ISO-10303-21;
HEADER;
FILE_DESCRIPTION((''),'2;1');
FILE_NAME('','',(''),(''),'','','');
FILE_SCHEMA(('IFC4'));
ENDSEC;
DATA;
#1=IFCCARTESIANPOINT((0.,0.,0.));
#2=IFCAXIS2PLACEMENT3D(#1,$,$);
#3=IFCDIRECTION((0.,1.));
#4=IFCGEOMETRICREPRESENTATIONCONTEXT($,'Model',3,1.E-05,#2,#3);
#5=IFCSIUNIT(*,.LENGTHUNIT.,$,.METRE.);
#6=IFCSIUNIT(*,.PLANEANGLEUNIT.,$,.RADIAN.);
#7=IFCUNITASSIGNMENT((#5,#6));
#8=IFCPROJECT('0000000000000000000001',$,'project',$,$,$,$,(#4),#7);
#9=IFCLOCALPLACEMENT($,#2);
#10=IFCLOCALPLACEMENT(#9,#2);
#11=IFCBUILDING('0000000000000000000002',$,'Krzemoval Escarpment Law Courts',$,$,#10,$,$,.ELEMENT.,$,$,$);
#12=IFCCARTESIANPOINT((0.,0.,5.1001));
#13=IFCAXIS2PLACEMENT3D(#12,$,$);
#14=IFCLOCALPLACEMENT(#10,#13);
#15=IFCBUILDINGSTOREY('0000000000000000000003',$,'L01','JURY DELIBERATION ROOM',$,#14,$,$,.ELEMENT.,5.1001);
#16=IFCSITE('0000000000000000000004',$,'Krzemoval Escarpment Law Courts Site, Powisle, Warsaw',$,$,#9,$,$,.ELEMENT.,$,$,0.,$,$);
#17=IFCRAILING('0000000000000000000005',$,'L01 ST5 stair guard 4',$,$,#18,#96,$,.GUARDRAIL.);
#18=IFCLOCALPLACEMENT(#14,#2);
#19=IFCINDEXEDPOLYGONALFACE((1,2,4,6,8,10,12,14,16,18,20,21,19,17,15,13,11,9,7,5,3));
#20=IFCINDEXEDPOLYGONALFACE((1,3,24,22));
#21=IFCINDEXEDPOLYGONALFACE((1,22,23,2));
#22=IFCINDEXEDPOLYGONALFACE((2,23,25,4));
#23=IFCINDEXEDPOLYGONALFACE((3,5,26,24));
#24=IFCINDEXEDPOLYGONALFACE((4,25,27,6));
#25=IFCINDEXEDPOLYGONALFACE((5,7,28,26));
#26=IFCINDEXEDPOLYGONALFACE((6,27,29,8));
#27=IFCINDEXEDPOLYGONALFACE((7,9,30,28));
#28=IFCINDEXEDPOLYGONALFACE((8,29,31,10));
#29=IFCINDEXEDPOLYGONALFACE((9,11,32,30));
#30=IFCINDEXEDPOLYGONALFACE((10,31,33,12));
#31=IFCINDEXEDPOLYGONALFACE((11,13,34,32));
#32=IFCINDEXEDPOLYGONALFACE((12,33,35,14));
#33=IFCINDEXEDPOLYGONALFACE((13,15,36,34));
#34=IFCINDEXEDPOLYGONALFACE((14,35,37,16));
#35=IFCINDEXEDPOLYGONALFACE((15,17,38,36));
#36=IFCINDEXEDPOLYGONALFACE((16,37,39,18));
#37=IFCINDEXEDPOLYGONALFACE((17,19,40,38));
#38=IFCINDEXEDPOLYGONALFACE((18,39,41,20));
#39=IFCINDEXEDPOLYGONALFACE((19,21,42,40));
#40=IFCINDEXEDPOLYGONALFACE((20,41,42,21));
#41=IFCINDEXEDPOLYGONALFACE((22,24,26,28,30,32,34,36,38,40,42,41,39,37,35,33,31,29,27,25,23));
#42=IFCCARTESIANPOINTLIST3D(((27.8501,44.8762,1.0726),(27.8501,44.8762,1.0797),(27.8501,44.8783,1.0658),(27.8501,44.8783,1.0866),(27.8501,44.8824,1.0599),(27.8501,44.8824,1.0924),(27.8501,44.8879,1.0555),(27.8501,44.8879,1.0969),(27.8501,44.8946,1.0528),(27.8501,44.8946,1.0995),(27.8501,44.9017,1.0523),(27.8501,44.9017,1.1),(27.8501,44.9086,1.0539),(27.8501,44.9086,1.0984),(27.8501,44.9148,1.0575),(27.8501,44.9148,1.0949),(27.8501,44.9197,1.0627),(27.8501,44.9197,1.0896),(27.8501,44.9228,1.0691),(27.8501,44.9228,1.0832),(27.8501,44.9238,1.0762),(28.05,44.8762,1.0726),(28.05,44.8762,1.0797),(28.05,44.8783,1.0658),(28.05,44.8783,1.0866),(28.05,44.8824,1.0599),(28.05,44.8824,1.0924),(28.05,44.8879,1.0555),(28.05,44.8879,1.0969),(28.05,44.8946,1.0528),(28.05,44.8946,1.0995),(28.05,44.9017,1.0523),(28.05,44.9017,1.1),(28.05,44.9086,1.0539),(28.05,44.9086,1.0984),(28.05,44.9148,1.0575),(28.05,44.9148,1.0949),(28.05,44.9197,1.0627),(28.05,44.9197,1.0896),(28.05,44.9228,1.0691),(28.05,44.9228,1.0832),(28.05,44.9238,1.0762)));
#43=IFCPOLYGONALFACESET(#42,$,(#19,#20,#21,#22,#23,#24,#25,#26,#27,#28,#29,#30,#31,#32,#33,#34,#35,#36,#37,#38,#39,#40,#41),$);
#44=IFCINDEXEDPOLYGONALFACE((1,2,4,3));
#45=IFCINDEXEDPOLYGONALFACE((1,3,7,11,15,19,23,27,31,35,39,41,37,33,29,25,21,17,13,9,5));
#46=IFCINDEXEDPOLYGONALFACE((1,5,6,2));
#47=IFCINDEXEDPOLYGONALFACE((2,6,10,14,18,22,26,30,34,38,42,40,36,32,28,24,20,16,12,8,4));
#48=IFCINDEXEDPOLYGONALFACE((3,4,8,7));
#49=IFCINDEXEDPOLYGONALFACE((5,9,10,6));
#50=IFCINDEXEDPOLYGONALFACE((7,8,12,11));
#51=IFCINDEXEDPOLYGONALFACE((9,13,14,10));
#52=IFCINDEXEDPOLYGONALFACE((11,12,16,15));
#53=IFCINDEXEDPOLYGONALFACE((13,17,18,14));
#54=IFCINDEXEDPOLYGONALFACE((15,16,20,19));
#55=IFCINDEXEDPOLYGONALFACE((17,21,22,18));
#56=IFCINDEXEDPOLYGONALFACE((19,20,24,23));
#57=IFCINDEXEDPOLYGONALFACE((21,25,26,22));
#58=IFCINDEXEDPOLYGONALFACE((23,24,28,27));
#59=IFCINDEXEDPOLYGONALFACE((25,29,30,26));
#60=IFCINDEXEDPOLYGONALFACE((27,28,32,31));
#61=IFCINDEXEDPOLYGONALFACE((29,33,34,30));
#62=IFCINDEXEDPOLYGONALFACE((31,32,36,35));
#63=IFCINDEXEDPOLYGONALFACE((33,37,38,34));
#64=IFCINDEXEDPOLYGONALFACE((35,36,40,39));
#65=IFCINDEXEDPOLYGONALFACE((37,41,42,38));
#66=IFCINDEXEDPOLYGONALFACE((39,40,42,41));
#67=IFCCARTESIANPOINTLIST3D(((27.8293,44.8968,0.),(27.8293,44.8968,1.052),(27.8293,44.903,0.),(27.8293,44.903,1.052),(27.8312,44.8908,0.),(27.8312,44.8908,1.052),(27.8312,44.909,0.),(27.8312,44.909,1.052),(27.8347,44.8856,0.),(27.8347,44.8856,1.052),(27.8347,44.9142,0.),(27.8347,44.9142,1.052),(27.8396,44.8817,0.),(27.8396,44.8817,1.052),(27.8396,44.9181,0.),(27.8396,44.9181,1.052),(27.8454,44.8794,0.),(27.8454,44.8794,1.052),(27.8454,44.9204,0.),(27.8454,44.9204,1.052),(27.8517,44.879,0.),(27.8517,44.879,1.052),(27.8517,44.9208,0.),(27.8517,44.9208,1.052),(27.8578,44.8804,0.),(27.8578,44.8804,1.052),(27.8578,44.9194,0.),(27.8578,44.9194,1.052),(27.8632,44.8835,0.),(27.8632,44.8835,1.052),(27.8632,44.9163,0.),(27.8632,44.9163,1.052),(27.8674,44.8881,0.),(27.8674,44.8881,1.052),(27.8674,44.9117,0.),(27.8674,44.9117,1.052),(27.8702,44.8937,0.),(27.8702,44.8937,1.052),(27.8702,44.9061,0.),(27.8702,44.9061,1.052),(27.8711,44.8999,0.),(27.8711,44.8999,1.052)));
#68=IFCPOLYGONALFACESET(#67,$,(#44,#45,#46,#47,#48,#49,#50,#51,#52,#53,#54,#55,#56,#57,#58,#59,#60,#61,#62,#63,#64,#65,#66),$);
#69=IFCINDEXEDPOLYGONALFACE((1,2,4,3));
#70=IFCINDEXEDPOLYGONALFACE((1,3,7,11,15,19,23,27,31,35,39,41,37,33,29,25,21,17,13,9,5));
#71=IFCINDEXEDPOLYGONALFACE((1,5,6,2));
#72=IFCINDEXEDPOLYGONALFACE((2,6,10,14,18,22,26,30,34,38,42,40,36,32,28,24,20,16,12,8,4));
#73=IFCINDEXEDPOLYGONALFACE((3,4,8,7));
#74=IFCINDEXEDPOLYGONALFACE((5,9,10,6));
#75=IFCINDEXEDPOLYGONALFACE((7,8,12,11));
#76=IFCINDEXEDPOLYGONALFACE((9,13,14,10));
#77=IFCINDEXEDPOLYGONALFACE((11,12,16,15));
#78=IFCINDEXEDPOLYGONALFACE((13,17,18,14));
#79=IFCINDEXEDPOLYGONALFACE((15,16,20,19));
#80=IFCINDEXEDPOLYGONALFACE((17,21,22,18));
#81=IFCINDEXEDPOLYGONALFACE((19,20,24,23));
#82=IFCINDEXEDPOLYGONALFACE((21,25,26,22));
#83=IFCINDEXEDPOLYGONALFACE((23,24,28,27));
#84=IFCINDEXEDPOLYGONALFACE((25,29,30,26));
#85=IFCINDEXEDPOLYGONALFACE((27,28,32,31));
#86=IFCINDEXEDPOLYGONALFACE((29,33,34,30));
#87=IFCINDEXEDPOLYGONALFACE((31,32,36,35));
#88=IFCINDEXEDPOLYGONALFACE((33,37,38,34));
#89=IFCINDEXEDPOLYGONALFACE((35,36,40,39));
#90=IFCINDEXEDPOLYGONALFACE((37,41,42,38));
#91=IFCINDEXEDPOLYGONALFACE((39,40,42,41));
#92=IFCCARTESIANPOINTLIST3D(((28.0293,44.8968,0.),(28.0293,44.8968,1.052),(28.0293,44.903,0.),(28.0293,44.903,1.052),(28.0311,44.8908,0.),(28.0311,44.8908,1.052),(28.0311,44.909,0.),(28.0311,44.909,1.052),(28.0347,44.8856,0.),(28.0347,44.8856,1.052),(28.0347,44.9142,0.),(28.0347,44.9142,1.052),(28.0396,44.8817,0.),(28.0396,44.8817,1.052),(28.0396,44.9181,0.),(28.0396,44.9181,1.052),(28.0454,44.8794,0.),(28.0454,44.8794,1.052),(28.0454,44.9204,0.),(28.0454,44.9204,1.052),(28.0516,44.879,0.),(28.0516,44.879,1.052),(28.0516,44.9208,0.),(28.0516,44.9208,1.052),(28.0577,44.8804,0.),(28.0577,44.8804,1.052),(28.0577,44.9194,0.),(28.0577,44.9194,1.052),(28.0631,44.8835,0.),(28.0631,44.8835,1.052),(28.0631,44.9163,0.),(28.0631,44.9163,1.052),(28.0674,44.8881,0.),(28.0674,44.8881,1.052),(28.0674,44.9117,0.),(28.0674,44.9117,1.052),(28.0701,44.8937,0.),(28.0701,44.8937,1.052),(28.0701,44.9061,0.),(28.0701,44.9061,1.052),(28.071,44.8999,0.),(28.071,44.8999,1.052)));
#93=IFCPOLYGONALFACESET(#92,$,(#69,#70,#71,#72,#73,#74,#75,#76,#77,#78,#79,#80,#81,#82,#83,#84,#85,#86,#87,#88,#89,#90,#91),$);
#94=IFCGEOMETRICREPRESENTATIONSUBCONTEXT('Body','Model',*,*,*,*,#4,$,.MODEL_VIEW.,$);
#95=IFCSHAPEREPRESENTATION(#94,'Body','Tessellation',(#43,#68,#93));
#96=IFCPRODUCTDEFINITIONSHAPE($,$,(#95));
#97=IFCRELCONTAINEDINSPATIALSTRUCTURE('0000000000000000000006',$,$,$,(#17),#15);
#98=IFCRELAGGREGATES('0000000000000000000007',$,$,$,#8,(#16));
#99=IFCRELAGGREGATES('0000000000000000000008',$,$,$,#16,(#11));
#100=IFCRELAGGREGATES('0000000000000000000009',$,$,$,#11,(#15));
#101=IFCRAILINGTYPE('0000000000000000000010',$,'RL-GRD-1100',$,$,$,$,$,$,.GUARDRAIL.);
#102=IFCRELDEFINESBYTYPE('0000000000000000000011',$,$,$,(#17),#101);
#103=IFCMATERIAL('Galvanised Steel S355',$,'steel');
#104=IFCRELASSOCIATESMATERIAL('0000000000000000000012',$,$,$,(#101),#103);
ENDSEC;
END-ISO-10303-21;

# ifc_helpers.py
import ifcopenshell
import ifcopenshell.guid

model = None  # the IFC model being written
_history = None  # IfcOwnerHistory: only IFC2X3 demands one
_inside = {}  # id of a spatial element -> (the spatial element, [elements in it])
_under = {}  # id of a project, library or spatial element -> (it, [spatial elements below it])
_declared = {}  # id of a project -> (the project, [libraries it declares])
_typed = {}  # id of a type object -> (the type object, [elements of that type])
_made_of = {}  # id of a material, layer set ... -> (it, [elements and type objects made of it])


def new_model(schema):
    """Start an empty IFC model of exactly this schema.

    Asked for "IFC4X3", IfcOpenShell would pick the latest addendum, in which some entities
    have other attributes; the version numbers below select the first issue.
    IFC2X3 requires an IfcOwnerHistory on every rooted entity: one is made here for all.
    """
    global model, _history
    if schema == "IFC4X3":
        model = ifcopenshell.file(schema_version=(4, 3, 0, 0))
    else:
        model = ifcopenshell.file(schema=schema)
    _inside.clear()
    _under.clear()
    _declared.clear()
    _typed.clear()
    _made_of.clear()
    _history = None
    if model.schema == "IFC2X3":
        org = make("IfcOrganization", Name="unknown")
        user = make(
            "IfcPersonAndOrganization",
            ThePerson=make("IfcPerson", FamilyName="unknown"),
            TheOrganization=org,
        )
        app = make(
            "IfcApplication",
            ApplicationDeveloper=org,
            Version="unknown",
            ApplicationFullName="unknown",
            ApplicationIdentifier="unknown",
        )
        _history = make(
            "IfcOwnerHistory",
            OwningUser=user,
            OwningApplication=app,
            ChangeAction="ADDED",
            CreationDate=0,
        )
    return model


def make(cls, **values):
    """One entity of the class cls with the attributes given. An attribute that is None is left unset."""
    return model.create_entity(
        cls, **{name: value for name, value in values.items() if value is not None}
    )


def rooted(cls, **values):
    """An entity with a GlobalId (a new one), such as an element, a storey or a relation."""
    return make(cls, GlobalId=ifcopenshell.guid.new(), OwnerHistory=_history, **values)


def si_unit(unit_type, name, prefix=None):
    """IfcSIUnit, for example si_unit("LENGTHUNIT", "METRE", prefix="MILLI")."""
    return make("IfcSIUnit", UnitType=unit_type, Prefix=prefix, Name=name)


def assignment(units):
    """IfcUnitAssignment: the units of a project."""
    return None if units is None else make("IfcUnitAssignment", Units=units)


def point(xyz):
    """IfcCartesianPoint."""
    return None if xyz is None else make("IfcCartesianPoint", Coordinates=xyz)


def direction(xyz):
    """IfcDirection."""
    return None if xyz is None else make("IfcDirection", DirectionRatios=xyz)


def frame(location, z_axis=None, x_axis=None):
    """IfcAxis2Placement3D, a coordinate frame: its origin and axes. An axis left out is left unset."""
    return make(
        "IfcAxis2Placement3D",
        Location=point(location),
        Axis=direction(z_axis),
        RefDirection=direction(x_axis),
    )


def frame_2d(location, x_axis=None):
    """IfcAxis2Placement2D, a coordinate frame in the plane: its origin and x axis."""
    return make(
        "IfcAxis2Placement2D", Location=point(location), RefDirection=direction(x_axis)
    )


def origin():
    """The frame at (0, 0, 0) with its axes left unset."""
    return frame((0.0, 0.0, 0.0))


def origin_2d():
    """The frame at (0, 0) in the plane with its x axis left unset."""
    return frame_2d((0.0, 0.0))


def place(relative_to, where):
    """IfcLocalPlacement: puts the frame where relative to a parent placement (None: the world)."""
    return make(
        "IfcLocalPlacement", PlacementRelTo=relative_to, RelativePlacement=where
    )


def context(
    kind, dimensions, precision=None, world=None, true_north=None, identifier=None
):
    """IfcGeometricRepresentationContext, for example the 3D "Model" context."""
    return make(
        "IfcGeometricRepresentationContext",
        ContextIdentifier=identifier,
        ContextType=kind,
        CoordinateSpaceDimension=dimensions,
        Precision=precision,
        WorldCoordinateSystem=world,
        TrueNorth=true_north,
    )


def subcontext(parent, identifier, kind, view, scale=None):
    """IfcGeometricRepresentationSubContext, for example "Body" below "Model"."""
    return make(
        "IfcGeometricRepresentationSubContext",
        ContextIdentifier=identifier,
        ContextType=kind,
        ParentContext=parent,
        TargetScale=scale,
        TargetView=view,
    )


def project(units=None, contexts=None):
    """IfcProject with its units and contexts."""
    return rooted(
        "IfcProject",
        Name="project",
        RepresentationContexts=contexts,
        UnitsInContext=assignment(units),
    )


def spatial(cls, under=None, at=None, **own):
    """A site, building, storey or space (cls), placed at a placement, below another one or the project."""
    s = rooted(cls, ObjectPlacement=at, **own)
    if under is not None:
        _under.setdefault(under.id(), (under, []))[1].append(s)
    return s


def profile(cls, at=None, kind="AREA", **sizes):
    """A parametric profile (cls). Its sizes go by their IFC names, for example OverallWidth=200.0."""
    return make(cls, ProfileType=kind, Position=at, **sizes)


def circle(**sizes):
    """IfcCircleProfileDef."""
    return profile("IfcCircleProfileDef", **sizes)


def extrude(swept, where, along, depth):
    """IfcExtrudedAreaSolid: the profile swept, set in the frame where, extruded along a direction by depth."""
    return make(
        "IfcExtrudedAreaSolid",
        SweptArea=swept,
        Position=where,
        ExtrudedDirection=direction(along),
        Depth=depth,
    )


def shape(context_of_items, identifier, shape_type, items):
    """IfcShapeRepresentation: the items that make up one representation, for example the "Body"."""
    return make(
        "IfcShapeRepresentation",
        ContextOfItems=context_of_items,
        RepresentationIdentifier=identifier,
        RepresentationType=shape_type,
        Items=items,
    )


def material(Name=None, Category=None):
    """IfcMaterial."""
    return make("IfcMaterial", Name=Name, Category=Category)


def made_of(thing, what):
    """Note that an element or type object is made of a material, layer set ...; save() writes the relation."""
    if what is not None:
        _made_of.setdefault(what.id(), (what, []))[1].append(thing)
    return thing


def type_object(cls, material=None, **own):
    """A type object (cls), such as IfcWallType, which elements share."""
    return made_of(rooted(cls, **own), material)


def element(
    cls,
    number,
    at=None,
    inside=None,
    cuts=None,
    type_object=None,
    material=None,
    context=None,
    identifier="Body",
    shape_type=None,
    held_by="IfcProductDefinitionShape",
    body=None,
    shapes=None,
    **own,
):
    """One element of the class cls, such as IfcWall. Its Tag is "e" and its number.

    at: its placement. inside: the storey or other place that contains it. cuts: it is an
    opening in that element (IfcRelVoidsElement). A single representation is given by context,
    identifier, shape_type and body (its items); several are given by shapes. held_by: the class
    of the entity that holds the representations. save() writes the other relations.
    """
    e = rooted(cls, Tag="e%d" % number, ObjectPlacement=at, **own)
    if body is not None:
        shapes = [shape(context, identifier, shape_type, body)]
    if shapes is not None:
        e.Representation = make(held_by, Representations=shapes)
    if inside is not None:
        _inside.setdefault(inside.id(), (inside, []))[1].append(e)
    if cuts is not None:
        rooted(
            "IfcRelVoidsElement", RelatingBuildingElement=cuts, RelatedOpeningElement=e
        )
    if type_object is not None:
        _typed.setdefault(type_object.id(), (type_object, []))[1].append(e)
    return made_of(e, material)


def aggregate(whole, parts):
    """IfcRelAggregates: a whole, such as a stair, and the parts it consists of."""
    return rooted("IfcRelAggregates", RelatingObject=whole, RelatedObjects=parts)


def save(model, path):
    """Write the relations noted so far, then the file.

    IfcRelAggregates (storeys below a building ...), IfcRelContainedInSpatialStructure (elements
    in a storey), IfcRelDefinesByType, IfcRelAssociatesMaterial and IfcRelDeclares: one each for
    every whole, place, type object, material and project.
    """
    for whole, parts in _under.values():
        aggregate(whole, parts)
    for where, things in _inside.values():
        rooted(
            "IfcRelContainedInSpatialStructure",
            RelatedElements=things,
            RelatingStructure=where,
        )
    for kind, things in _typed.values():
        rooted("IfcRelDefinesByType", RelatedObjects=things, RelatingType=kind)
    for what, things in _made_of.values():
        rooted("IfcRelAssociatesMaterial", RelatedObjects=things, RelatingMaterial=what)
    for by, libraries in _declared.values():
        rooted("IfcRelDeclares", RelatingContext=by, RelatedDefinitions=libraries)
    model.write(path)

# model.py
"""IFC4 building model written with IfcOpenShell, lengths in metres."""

from ifc_helpers import new_model, si_unit, direction, frame, origin, origin_2d, place, context, subcontext, project, spatial, circle, extrude, material, type_object, element, save


model = new_model("IFC4")

# Units and contexts
model_context = context("Model", 3, precision=1e-05, world=origin(), true_north=direction((0.0, 1.0)))
body_context = subcontext(model_context, "Body", "Model", "MODEL_VIEW")
ifc_project = project(units=[si_unit("LENGTHUNIT", "METRE"), si_unit("PLANEANGLEUNIT", "RADIAN")], contexts=[model_context])

# Site, building, storey
site_placement = place(None, origin())
site = spatial("IfcSite", under=ifc_project, at=site_placement, Name="Krzemoval Escarpment Law Courts Site, Powisle, Warsaw", CompositionType="ELEMENT", RefElevation=0.0)
building_placement = place(site_placement, origin())
building = spatial("IfcBuilding", under=site, at=building_placement, Name="Krzemoval Escarpment Law Courts", CompositionType="ELEMENT")
storey_placement = place(building_placement, frame((0.0, 0.0, 5.1001)))
storey = spatial("IfcBuildingStorey", under=building, at=storey_placement, Name="L01", Description="JURY DELIBERATION ROOM", CompositionType="ELEMENT", Elevation=5.1001)

# Railing
ifc_material_1 = material(Name="Galvanised Steel S355", Category="steel")
railing_type_1 = type_object("IfcRailingType", Name="RL-GRD-1100", PredefinedType="GUARDRAIL", material=ifc_material_1)
railing_1_placement = place(storey_placement, frame((27.8501, 44.8999, 0.0)))
element("IfcRailing", 1, at=railing_1_placement, inside=storey, type_object=railing_type_1, Name="L01 ST5 stair guard 4", PredefinedType="GUARDRAIL", context=body_context, shape_type="SweptSolid", body=[
    extrude(circle(Radius=0.0239, at=origin_2d()), frame((0.0, 0.0, 1.0762), z_axis=(1.0, 0.0, 0.0), x_axis=(0.0, 1.0, 0.0)), (0.0, 0.0, 1.0), 0.2),
    extrude(circle(Radius=0.021, at=origin_2d()), origin(), (0.0, 0.0, 1.0), 1.052),
    extrude(circle(Radius=0.021, at=origin_2d()), frame((0.2, 0.0, 0.0)), (0.0, 0.0, 1.0), 1.052),
])

save(model, "model.ifc")
